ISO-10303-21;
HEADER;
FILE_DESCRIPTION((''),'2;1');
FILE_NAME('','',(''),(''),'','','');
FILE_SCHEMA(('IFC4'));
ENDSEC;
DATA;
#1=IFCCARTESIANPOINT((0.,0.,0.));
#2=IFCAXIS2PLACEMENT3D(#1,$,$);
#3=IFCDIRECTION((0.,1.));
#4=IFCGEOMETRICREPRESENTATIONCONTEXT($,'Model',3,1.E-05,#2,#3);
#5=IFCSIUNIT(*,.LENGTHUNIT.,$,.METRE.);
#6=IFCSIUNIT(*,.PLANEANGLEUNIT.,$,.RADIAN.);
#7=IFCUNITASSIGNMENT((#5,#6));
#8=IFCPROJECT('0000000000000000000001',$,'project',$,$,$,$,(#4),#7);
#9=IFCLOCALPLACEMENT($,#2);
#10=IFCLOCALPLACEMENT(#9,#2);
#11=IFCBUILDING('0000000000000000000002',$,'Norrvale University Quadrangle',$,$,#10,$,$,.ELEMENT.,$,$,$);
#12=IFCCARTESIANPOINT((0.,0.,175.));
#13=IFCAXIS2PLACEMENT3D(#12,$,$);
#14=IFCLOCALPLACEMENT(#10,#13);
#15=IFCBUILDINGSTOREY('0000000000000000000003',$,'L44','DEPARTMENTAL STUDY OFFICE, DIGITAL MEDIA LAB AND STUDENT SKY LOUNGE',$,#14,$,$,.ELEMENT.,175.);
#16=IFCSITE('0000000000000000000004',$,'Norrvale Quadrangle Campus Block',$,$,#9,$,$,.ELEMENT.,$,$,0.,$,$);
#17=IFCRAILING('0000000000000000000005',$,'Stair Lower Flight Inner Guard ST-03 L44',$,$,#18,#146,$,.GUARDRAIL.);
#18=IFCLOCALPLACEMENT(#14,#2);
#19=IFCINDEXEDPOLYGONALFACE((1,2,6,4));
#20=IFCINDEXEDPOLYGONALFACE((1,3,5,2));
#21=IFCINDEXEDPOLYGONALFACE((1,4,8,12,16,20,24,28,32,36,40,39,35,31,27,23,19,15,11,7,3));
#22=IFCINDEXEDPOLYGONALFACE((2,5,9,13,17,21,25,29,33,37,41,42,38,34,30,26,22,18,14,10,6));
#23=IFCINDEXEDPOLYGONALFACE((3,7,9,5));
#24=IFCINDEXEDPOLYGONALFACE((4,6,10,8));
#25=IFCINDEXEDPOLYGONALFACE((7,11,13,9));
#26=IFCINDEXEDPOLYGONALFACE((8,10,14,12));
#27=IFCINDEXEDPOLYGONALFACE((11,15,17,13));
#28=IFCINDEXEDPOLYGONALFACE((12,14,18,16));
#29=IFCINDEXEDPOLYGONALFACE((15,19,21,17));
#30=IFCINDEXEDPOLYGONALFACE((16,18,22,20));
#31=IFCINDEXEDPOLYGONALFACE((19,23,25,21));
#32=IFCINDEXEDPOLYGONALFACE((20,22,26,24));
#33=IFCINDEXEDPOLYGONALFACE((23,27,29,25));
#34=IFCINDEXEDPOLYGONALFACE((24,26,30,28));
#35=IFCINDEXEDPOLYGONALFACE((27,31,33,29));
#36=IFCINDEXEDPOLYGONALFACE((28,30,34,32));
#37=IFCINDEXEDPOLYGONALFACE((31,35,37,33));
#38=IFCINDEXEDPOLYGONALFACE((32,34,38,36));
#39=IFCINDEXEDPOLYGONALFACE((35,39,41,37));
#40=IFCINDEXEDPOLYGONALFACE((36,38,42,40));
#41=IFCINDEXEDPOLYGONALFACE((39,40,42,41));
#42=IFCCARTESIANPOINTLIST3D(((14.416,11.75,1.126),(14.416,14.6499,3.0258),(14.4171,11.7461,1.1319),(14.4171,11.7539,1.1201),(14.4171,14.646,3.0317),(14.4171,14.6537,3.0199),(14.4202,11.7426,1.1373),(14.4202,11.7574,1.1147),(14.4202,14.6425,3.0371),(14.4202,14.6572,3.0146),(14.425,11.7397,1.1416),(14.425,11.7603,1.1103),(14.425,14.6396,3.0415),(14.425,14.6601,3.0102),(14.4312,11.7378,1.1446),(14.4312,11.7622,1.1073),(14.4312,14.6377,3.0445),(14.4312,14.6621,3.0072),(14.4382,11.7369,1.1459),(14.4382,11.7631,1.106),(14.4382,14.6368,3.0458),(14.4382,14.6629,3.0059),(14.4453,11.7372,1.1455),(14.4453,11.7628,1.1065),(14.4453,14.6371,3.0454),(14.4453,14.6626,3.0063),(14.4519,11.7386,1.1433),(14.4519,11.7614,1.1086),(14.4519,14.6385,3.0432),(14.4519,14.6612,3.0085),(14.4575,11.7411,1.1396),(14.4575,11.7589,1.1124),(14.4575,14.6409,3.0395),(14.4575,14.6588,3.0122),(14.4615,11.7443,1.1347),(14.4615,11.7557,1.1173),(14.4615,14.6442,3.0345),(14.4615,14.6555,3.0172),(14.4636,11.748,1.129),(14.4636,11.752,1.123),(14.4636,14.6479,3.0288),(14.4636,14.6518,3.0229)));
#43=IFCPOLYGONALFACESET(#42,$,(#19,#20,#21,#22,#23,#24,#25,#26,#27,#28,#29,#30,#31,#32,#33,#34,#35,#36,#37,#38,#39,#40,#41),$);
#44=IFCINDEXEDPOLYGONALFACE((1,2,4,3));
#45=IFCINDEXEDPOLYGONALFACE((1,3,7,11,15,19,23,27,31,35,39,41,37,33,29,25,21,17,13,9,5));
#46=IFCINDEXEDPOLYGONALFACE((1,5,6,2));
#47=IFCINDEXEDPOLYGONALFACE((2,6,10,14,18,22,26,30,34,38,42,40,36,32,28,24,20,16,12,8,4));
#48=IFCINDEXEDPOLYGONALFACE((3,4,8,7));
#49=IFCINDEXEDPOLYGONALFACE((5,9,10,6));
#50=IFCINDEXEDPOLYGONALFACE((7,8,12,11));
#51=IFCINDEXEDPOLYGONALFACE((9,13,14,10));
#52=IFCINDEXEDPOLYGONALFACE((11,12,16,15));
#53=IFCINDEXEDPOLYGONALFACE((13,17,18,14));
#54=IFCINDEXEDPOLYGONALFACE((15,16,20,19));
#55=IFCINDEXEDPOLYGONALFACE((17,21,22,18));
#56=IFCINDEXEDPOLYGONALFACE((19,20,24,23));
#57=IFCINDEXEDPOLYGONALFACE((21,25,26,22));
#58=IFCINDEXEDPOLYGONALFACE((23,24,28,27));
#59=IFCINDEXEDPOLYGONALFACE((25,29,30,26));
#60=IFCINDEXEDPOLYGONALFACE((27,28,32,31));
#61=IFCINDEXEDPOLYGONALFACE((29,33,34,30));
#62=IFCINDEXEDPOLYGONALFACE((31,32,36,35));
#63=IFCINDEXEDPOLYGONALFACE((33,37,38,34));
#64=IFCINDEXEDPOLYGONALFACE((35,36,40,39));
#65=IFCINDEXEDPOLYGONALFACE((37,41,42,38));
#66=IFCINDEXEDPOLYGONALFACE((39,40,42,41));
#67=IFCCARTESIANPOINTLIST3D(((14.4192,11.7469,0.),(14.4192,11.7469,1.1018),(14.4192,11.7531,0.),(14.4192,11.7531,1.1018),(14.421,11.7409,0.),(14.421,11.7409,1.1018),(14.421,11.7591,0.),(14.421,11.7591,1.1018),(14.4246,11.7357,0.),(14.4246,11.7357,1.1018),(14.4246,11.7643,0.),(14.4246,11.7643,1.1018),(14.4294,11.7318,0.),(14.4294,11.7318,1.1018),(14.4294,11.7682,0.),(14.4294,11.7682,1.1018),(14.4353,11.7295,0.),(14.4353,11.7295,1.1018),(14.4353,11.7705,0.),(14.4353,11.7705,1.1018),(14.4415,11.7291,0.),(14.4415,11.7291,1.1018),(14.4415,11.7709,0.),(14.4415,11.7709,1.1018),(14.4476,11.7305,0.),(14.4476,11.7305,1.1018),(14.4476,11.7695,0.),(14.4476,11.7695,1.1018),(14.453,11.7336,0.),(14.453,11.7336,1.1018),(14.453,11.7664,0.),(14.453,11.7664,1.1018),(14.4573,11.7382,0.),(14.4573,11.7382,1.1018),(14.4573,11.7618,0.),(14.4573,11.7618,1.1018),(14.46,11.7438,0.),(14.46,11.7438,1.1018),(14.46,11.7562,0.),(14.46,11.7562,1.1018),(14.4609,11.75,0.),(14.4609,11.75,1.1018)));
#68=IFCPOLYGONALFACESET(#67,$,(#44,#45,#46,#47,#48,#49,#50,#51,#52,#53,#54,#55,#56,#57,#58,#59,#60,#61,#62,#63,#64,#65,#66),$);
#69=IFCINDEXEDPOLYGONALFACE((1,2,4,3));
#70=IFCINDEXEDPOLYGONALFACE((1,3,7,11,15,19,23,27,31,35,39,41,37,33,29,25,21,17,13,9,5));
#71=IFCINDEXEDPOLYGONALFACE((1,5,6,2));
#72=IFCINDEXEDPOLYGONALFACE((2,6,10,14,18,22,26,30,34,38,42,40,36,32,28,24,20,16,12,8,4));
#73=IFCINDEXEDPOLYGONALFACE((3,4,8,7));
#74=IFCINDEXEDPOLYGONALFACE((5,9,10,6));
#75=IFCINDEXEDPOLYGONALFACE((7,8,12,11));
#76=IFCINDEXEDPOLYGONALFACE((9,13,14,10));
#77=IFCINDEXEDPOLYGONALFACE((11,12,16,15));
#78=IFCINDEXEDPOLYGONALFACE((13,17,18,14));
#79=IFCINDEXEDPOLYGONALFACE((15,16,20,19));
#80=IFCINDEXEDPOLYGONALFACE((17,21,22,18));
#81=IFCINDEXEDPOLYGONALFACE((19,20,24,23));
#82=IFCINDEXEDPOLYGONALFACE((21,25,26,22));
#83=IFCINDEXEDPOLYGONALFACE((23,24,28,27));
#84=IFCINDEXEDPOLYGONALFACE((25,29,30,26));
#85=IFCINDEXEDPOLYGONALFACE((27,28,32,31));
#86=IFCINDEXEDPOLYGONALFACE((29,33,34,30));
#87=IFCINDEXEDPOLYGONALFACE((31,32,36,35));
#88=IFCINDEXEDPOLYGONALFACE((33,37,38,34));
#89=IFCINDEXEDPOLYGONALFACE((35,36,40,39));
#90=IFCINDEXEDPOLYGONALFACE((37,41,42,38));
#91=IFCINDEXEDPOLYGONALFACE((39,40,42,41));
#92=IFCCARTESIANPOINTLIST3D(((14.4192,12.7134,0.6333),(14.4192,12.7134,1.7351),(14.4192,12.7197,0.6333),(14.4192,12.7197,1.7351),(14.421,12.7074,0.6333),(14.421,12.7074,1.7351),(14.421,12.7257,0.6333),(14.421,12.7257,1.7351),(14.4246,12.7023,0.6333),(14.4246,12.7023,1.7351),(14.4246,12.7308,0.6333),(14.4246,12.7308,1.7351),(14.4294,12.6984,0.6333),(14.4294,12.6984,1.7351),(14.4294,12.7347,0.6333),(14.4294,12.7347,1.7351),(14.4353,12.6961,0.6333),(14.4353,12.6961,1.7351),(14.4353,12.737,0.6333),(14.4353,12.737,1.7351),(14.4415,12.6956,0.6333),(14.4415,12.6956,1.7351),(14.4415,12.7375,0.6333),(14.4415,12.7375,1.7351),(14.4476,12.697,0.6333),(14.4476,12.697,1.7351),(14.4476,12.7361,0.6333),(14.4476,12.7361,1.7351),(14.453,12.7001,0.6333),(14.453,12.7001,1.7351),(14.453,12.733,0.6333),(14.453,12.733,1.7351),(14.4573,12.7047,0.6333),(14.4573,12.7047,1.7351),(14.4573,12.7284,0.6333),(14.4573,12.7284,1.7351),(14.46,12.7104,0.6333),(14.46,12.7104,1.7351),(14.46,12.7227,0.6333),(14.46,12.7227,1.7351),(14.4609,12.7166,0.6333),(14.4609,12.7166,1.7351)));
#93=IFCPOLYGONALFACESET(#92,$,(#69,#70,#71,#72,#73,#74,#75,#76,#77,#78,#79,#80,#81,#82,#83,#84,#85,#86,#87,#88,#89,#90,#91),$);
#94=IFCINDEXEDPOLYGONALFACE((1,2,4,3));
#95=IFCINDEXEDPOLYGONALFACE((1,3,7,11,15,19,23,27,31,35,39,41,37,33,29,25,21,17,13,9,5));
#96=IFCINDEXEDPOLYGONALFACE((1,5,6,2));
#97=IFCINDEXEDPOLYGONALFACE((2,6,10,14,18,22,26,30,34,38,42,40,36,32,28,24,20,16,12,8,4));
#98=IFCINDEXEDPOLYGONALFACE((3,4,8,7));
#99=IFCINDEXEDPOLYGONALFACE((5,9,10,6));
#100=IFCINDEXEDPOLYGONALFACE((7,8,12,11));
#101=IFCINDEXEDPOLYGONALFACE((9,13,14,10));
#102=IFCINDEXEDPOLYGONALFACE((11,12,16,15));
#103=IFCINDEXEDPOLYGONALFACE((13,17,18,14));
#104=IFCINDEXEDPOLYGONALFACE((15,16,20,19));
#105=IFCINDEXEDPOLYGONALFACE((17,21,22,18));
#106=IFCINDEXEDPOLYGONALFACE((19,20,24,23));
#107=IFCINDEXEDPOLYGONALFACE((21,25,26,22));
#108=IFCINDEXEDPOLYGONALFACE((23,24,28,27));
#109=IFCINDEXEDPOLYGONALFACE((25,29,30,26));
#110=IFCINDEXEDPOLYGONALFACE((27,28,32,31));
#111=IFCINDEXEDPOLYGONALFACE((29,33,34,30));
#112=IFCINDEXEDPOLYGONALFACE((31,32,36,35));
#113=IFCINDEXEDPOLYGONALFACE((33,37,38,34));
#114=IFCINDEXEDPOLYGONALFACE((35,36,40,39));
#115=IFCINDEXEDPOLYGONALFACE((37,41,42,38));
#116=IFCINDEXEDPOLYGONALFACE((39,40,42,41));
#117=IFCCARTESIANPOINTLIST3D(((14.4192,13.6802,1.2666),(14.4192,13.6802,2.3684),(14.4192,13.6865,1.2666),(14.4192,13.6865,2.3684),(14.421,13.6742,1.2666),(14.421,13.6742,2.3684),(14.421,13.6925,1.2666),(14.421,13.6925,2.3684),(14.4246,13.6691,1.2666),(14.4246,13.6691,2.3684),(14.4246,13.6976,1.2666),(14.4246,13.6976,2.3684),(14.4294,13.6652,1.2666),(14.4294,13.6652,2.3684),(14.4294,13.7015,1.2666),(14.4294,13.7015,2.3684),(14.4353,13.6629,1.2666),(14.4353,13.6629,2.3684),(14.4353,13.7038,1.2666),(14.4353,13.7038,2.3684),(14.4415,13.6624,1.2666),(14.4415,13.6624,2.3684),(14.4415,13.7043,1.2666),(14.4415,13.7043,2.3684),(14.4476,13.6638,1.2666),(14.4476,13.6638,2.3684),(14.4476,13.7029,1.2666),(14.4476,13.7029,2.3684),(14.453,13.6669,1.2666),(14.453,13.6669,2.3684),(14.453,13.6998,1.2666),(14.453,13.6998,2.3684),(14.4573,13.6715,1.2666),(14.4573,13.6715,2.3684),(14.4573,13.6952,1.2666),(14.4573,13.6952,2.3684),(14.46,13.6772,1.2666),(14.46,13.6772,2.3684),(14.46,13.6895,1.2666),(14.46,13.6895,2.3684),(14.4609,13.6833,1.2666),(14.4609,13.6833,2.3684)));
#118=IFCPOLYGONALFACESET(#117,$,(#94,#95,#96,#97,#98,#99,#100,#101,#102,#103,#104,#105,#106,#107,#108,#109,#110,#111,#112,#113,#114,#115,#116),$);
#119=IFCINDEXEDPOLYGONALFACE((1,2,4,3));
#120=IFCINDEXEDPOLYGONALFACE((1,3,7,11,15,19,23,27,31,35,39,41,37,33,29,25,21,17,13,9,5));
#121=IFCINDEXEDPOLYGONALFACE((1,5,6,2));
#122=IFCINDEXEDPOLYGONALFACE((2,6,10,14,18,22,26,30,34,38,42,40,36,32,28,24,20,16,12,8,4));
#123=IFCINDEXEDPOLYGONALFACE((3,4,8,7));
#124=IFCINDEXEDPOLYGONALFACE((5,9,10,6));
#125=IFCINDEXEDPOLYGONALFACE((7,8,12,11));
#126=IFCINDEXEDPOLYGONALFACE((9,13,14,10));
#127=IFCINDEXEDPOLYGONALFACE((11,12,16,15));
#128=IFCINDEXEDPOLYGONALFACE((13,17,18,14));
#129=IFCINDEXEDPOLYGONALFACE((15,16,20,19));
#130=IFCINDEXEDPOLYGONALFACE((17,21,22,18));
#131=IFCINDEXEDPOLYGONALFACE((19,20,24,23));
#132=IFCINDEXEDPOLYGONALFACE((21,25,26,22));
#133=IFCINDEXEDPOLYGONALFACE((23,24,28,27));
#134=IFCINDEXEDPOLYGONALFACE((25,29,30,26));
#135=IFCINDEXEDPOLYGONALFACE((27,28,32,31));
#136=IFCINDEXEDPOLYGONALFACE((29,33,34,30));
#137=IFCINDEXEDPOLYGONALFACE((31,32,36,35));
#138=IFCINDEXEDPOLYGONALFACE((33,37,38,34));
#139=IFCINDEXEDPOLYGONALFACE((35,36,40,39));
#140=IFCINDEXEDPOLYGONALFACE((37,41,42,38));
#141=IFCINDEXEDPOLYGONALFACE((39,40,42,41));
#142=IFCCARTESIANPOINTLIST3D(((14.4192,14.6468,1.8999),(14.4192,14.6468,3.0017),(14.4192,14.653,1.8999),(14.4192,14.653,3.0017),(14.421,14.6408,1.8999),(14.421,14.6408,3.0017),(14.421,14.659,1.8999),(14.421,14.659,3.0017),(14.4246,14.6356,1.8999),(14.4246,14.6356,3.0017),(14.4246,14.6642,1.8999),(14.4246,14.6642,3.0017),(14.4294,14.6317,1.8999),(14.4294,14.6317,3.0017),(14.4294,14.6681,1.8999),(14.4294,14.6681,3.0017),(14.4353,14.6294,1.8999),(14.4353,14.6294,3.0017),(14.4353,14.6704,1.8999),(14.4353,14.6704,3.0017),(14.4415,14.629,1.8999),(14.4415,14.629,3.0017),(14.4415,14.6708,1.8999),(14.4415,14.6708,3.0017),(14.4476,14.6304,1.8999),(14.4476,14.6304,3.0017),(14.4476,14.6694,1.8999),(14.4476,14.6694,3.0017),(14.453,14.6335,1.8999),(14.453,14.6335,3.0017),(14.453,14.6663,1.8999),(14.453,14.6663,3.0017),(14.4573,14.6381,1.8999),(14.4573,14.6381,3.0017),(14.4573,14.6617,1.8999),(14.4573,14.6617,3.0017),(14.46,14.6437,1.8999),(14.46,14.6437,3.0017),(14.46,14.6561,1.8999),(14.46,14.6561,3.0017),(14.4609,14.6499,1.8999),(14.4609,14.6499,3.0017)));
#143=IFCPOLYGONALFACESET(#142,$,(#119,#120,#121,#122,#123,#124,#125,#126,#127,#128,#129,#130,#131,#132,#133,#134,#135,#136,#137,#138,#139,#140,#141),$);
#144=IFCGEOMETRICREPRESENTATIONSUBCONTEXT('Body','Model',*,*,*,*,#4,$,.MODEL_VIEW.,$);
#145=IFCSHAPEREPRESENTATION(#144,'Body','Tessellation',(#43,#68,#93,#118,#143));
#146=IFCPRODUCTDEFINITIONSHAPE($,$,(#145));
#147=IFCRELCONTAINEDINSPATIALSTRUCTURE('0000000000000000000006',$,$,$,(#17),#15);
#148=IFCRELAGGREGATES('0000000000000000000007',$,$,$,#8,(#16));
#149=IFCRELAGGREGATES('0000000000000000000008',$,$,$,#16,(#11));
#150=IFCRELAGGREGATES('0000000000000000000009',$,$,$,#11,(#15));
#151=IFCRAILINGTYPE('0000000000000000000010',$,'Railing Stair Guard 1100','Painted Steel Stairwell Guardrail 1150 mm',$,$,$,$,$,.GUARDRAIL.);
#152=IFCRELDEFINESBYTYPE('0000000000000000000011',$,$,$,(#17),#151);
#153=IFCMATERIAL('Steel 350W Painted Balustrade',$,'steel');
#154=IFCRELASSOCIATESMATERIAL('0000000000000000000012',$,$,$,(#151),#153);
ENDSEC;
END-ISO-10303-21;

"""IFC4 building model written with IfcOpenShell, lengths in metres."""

from ifc_helpers import new_model, si_unit, direction, frame, origin, origin_2d, place, context, subcontext, project, spatial, circle, extrude, material, type_object, element, save


model = new_model("IFC4")

# Units and contexts
model_context = context("Model", 3, precision=1e-05, world=origin(), true_north=direction((0.0, 1.0)))
body_context = subcontext(model_context, "Body", "Model", "MODEL_VIEW")
ifc_project = project(units=[si_unit("LENGTHUNIT", "METRE"), si_unit("PLANEANGLEUNIT", "RADIAN")], contexts=[model_context])

# Site, building, storey
site_placement = place(None, origin())
site = spatial("IfcSite", under=ifc_project, at=site_placement, Name="Norrvale Quadrangle Campus Block", CompositionType="ELEMENT", RefElevation=0.0)
building_placement = place(site_placement, origin())
building = spatial("IfcBuilding", under=site, at=building_placement, Name="Norrvale University Quadrangle", CompositionType="ELEMENT")
storey_placement = place(building_placement, frame((0.0, 0.0, 175.0)))
storey = spatial("IfcBuildingStorey", under=building, at=storey_placement, Name="L44", Description="DEPARTMENTAL STUDY OFFICE, DIGITAL MEDIA LAB AND STUDENT SKY LOUNGE", CompositionType="ELEMENT", Elevation=175.0)

# Railing
ifc_material_1 = material(Name="Steel 350W Painted Balustrade", Category="steel")
railing_type_1 = type_object("IfcRailingType", Name="Railing Stair Guard 1100", Description="Painted Steel Stairwell Guardrail 1150 mm", PredefinedType="GUARDRAIL", material=ifc_material_1)
railing_1_placement = place(storey_placement, frame((14.4399, 11.75, 0.0)))
element("IfcRailing", 1, at=railing_1_placement, inside=storey, type_object=railing_type_1, Name="Stair Lower Flight Inner Guard ST-03 L44", PredefinedType="GUARDRAIL", context=body_context, shape_type="SweptSolid", body=[
    extrude(circle(Radius=0.0239, at=origin_2d()), frame((0.0, 0.0, 1.126), z_axis=(0.0, 0.836466, 0.548019), x_axis=(-1.0, 0.0, 0.0)), (0.0, 0.0, 1.0), 3.4668),
    extrude(circle(Radius=0.021, at=origin_2d()), origin(), (0.0, 0.0, 1.0), 1.1018),
    extrude(circle(Radius=0.021, at=origin_2d()), frame((0.0, 0.9666, 0.6333)), (0.0, 0.0, 1.0), 1.1018),
    extrude(circle(Radius=0.021, at=origin_2d()), frame((0.0, 1.9333, 1.2666)), (0.0, 0.0, 1.0), 1.1018),
    extrude(circle(Radius=0.021, at=origin_2d()), frame((0.0, 2.8999, 1.8999)), (0.0, 0.0, 1.0), 1.1018),
])

save(model, "model.ifc")
